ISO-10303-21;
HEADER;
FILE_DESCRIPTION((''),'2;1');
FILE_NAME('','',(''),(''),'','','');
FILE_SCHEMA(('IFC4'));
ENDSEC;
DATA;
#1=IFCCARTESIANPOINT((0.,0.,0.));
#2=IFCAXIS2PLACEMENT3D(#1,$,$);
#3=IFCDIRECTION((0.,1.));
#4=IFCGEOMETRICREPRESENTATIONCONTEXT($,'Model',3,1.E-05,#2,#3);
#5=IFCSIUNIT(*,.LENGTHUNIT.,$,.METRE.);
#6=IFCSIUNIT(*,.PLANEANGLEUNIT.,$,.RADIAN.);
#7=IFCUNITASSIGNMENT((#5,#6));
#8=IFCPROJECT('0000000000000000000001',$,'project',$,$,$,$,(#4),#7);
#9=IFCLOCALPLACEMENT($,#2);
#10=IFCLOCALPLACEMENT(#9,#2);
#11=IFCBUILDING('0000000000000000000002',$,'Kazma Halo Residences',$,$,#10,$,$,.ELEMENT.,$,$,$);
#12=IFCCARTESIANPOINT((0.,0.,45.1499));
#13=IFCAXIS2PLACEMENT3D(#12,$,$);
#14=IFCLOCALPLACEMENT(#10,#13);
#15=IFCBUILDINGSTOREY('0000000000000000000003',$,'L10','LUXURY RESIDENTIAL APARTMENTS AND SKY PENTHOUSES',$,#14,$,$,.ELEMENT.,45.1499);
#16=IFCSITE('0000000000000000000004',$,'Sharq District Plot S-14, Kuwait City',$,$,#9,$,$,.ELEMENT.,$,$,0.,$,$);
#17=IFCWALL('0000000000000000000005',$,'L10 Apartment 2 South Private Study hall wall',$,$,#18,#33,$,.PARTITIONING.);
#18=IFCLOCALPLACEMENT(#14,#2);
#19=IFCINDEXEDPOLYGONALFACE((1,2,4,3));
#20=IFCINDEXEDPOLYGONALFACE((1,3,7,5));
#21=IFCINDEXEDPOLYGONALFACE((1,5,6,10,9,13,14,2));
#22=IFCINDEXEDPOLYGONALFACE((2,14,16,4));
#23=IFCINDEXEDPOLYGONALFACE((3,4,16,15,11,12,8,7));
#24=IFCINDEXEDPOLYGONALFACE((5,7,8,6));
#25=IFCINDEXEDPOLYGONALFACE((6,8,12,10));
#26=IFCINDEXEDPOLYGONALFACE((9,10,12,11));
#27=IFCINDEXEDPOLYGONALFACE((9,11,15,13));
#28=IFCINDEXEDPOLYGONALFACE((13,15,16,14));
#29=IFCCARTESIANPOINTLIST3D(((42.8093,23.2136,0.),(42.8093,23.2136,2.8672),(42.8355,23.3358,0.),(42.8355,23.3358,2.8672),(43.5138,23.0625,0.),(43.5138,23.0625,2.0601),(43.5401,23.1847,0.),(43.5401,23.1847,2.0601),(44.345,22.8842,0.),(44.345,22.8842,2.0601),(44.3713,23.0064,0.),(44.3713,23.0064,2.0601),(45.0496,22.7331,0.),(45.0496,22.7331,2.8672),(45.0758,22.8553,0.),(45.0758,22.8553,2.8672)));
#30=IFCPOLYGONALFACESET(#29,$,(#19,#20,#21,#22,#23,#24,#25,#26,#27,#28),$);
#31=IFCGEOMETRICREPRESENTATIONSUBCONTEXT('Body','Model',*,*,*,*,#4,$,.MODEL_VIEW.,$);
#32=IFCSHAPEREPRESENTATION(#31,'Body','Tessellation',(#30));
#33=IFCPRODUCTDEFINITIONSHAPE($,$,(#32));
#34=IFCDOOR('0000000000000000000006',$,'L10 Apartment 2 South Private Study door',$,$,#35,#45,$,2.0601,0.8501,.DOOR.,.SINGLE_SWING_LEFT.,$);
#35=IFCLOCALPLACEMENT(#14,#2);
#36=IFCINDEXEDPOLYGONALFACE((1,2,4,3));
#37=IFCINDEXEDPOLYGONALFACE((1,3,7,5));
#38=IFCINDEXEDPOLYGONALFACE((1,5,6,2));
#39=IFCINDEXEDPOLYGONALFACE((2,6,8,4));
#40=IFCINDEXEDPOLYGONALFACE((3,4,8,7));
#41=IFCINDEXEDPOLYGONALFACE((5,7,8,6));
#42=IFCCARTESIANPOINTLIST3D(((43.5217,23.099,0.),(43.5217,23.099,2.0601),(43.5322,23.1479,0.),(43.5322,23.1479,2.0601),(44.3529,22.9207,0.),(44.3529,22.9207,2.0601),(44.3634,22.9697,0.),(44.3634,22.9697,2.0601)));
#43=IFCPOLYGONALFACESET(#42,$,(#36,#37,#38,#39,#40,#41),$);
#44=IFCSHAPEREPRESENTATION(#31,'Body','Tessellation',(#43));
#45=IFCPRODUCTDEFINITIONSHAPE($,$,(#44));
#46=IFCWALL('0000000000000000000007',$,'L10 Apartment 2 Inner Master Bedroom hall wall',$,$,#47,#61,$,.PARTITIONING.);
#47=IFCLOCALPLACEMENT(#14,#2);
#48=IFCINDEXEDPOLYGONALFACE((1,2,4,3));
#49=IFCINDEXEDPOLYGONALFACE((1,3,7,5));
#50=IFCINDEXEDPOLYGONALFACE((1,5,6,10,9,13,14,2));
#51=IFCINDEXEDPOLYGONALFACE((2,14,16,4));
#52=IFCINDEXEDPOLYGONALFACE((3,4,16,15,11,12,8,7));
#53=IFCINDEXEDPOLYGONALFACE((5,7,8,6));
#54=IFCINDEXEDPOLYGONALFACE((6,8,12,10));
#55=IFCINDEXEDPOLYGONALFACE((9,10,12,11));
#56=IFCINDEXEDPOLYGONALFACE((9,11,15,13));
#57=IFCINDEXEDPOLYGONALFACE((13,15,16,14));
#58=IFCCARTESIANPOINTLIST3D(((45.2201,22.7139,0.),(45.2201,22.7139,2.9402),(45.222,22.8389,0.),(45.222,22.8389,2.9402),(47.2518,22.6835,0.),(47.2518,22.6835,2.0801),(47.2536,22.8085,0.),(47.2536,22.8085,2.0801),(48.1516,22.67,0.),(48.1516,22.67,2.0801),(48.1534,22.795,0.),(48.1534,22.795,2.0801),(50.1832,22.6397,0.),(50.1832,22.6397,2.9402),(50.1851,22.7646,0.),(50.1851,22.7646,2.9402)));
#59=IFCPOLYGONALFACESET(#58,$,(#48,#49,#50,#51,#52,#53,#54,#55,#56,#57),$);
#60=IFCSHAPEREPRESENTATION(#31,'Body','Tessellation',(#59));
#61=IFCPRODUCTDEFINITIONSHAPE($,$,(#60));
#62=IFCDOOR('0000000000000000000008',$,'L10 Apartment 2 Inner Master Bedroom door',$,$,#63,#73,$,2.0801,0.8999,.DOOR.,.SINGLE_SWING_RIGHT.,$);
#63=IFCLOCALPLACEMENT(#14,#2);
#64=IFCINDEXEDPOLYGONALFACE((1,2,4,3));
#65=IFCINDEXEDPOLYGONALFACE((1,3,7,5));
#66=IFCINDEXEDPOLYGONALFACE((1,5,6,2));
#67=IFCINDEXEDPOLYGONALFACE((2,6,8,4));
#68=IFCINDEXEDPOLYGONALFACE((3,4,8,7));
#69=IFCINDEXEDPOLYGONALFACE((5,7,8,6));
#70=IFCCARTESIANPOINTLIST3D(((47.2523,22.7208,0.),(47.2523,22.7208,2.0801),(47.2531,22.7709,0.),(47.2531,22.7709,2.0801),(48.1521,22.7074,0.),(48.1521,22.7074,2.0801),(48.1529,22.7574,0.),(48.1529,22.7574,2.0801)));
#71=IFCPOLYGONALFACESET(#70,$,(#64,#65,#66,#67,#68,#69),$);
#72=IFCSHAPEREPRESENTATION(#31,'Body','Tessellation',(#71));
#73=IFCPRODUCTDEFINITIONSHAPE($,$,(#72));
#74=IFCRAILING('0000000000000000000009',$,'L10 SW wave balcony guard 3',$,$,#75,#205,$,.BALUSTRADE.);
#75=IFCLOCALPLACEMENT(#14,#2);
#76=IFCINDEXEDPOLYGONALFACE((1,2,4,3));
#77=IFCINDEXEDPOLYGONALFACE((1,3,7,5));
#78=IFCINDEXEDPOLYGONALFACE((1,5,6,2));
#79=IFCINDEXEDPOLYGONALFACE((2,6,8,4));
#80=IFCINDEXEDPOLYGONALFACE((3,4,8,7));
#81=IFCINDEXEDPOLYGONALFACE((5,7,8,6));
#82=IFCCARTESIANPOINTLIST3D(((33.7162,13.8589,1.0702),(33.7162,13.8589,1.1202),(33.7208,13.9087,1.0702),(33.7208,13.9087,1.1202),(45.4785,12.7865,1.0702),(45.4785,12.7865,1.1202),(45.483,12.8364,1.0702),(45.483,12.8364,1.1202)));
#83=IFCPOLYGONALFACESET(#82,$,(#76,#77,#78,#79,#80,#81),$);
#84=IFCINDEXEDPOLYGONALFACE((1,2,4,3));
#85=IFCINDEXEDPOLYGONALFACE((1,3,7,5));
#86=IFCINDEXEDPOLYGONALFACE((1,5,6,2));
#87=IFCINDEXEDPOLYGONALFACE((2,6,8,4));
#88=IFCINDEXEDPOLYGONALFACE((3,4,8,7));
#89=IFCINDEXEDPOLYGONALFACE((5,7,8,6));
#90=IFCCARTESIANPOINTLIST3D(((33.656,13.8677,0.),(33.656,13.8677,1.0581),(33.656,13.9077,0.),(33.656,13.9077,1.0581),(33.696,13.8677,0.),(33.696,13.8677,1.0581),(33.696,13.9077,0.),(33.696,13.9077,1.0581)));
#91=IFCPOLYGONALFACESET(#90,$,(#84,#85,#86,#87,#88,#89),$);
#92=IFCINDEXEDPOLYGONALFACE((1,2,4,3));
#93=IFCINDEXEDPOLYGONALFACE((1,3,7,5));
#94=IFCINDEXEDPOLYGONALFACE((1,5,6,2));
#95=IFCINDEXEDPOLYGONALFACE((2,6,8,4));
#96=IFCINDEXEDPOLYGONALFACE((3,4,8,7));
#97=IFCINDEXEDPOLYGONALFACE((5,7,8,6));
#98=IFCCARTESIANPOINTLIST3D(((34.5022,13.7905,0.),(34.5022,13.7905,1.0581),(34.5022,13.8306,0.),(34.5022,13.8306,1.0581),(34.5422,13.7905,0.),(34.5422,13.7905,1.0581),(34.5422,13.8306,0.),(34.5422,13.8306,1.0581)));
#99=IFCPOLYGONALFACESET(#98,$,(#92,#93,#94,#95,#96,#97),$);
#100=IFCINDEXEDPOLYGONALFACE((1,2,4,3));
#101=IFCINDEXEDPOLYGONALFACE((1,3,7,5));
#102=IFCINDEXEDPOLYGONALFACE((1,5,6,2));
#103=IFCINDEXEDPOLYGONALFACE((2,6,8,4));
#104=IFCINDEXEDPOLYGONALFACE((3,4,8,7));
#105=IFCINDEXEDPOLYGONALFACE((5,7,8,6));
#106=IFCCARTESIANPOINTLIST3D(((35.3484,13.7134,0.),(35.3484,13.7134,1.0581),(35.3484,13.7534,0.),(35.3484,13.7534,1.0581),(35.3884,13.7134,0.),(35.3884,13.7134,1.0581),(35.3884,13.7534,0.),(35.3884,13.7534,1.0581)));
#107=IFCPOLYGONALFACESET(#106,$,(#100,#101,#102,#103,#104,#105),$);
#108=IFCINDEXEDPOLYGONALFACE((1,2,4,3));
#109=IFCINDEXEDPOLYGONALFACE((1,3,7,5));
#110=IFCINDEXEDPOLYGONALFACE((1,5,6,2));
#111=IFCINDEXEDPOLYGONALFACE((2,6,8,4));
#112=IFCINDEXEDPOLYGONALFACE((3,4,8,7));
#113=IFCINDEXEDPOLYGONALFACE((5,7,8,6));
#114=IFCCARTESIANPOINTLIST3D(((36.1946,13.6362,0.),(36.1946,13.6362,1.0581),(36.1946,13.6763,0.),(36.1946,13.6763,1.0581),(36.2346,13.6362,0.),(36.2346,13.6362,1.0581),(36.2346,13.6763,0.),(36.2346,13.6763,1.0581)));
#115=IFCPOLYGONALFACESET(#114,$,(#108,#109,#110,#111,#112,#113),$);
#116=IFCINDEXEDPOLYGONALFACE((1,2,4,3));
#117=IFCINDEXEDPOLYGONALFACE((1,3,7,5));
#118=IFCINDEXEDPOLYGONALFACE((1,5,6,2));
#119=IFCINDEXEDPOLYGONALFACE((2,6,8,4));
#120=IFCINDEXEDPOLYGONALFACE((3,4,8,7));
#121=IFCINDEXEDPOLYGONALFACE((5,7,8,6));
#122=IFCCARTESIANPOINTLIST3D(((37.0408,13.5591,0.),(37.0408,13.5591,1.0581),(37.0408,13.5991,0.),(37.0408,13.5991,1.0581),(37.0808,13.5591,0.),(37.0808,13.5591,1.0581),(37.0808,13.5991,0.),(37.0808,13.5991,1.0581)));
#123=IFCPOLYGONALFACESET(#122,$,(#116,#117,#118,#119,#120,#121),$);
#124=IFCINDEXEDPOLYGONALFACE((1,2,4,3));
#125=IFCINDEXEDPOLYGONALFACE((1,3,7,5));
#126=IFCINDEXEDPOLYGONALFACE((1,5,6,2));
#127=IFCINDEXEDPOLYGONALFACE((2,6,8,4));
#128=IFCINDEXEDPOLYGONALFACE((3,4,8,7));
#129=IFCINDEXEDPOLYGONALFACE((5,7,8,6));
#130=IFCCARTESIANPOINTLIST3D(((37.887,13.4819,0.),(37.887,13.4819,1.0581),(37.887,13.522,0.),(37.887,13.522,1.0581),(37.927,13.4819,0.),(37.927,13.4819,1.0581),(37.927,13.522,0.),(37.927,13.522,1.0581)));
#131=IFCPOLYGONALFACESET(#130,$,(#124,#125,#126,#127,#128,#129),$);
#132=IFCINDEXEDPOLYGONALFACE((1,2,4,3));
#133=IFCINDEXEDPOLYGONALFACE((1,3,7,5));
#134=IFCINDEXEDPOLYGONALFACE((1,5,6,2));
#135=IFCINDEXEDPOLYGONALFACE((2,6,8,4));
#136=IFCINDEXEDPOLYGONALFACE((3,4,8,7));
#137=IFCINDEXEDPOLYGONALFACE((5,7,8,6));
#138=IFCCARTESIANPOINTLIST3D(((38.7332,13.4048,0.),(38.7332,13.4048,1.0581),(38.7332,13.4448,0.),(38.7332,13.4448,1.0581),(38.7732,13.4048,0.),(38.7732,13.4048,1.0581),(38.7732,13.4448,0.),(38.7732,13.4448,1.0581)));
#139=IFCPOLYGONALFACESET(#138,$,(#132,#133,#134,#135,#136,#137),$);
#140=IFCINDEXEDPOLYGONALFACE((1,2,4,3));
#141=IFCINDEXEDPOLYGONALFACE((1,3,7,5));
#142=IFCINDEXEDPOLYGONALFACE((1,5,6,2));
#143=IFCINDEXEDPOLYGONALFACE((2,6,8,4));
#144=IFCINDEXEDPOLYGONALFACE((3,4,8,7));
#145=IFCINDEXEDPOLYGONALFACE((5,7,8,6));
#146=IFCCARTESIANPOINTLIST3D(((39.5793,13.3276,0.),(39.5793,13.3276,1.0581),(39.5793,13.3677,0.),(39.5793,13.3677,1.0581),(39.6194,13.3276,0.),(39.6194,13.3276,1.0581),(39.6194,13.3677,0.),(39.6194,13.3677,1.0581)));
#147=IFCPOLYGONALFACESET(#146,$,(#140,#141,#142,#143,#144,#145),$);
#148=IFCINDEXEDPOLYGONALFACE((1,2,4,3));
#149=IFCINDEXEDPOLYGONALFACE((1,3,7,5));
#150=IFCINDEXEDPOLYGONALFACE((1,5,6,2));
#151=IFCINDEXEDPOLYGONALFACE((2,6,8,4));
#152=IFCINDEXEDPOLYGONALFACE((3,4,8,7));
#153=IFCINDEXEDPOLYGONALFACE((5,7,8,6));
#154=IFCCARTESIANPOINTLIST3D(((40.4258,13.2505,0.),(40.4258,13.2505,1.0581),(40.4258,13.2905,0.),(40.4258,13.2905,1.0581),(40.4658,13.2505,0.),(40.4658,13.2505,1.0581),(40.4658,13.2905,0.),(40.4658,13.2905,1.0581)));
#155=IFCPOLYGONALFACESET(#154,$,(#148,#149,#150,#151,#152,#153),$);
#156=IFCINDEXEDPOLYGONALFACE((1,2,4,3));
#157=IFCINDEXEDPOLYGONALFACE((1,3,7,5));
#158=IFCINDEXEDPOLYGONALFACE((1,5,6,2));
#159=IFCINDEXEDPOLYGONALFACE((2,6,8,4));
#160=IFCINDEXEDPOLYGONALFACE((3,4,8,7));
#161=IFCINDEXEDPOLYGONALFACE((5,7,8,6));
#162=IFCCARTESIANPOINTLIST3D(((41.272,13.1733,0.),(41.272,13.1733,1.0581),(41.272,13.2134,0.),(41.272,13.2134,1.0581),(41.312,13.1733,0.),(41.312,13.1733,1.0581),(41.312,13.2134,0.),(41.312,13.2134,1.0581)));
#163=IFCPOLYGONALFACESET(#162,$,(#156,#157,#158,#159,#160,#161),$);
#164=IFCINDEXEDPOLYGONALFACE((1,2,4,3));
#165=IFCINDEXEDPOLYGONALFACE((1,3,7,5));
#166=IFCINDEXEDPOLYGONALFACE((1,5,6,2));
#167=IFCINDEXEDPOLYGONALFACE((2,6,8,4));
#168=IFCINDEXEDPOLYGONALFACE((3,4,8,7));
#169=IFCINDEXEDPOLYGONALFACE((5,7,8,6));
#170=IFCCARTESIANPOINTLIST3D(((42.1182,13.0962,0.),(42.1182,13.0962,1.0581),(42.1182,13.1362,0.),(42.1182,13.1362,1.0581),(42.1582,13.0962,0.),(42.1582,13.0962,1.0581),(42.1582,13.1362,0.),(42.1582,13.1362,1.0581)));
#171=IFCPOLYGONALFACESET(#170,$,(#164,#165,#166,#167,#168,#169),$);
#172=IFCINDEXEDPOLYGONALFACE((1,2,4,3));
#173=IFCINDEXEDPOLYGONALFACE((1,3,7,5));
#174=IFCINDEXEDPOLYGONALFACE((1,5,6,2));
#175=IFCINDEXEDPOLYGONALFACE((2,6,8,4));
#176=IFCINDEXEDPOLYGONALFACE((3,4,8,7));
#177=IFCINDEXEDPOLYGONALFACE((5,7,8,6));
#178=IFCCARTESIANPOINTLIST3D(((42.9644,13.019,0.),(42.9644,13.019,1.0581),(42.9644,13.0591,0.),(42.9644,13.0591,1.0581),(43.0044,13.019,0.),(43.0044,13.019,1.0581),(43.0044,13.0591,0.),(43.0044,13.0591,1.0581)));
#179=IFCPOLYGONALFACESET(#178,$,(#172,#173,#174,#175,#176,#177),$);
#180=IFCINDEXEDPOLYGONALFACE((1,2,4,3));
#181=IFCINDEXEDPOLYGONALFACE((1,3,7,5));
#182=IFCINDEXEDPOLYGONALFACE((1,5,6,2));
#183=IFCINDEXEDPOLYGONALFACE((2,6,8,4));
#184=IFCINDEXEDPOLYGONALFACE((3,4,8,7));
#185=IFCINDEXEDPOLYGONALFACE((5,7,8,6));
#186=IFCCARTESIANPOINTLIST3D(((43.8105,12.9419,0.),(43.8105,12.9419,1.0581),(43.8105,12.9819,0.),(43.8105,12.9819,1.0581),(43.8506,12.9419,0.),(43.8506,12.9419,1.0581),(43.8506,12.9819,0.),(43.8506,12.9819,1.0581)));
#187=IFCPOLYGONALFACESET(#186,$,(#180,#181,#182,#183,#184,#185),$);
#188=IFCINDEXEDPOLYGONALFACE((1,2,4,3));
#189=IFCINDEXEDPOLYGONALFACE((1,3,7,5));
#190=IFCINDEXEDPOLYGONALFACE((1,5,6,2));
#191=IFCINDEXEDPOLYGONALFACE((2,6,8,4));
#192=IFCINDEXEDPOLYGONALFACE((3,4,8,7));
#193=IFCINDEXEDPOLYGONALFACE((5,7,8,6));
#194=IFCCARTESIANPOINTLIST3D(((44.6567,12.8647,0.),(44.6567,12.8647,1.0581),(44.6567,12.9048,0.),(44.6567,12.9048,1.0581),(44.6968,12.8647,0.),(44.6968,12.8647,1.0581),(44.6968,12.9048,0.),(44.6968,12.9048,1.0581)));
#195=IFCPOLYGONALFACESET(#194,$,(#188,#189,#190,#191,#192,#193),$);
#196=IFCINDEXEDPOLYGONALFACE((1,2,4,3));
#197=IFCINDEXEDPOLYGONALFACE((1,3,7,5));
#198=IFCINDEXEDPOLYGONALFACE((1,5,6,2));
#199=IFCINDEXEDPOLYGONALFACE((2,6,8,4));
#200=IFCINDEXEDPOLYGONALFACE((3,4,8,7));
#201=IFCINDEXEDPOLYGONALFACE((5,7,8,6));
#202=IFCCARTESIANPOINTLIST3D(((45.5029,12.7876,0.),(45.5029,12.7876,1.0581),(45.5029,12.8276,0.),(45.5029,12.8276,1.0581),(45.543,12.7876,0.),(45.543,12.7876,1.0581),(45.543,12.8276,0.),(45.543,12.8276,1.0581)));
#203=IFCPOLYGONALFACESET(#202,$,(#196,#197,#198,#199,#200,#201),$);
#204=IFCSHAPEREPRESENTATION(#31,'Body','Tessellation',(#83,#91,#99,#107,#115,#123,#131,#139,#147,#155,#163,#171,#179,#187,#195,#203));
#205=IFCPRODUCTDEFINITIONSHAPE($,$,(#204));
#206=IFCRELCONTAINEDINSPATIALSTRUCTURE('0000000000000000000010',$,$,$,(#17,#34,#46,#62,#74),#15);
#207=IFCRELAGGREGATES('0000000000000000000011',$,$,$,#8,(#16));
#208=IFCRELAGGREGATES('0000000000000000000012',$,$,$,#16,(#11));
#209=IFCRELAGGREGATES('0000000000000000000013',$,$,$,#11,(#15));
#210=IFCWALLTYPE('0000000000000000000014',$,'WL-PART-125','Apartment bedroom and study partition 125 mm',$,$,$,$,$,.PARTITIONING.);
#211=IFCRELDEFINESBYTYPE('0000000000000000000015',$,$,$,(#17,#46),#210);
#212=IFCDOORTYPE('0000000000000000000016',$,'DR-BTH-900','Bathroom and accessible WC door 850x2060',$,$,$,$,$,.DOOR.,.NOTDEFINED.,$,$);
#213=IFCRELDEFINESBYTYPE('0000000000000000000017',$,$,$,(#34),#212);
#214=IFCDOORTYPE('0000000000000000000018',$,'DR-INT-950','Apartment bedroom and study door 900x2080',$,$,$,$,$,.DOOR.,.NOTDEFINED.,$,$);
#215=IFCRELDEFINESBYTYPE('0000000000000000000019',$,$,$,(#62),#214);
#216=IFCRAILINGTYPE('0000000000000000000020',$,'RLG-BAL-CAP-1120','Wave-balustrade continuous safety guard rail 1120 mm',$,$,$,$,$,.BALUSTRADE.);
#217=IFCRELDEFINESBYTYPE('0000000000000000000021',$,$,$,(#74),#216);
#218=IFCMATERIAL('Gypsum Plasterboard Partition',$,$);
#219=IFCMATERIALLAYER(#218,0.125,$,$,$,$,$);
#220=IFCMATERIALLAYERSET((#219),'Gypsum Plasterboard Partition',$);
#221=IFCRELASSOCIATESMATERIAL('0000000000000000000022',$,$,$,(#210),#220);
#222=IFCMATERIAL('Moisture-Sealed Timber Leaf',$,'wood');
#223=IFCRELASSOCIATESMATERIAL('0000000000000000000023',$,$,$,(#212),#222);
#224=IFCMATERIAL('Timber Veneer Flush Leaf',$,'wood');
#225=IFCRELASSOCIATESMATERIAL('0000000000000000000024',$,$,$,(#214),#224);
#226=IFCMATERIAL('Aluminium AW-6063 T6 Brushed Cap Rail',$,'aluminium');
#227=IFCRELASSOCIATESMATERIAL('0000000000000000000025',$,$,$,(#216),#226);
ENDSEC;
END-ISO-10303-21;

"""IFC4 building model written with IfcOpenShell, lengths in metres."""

from ifc_helpers import new_model, si_unit, direction, frame, frame_2d, origin, origin_2d, place, context, subcontext, project, spatial, rectangle, extrude, material, layer, layer_set, type_object, element, fill, save


model = new_model("IFC4")

# Units and contexts
model_context = context("Model", 3, precision=1e-05, world=origin(), true_north=direction((0.0, 1.0)))
body_context = subcontext(model_context, "Body", "Model", "MODEL_VIEW")
ifc_project = project(units=[si_unit("LENGTHUNIT", "METRE"), si_unit("PLANEANGLEUNIT", "RADIAN")], contexts=[model_context])

# Site, building, storey
site_placement = place(None, origin())
site = spatial("IfcSite", under=ifc_project, at=site_placement, Name="Sharq District Plot S-14, Kuwait City", CompositionType="ELEMENT", RefElevation=0.0)
building_placement = place(site_placement, origin())
building = spatial("IfcBuilding", under=site, at=building_placement, Name="Kazma Halo Residences", CompositionType="ELEMENT")
storey_placement = place(building_placement, frame((0.0, 0.0, 45.1499)))
storey = spatial("IfcBuildingStorey", under=building, at=storey_placement, Name="L10", Description="LUXURY RESIDENTIAL APARTMENTS AND SKY PENTHOUSES", CompositionType="ELEMENT", Elevation=45.1499)

# Shared definitions
ifc_material_1 = material(Name="Gypsum Plasterboard Partition")
ifc_layer_1 = layer(ifc_material_1, 0.125)
ifc_layer_set_1 = layer_set([ifc_layer_1], Name="Gypsum Plasterboard Partition")
wall_type_1 = type_object("IfcWallType", Name="WL-PART-125", Description="Apartment bedroom and study partition 125 mm", PredefinedType="PARTITIONING", material=ifc_layer_set_1)

# Shared definitions
ifc_material_2 = material(Name="Moisture-Sealed Timber Leaf", Category="wood")
door_type_1 = type_object("IfcDoorType", Name="DR-BTH-900", Description="Bathroom and accessible WC door 850x2060", OperationType="NOTDEFINED", PredefinedType="DOOR", material=ifc_material_2)

# Walls, openings, doors
wall_1_placement = place(storey_placement, frame((42.8225, 23.2747, 0.0), z_axis=(0.0, 0.0, 1.0), x_axis=(0.977765, -0.209704, 0.0)))
wall_1 = element("IfcWall", 1, at=wall_1_placement, inside=storey, type_object=wall_type_1, Name="L10 Apartment 2 South Private Study hall wall", PredefinedType="PARTITIONING", context=body_context, shape_type="SweptSolid", body=[
    extrude(rectangle(XDim=2.2913, YDim=0.125, at=frame_2d((1.1455, 0.0))), origin(), (0.0, 0.0, 1.0), 2.8672),
])
opening_1_placement = place(wall_1_placement, frame((0.7205, 0.0, 0.0)))
opening_1 = element("IfcOpeningElement", 2, at=opening_1_placement, cuts=wall_1, PredefinedType="OPENING", context=body_context, shape_type="SweptSolid", body=[
    extrude(rectangle(XDim=0.8501, YDim=2.0601, at=frame_2d((0.425, 1.03))), frame((0.0, 0.0725, 0.0), z_axis=(0.0, -1.0, 0.0), x_axis=(1.0, 0.0, 0.0)), (0.0, 0.0, 1.0), 0.145),
])
door_1_placement = place(opening_1_placement, origin())
door_1 = element("IfcDoor", 3, at=door_1_placement, inside=storey, type_object=door_type_1, Name="L10 Apartment 2 South Private Study door", OperationType="SINGLE_SWING_LEFT", OverallHeight=2.0601, OverallWidth=0.8501, PredefinedType="DOOR", context=body_context, shape_type="SweptSolid", body=[
    extrude(rectangle(XDim=0.8501, YDim=2.0601, at=frame_2d((0.425, 1.03))), frame((0.0, 0.0249, 0.0), z_axis=(0.0, -1.0, 0.0), x_axis=(1.0, 0.0, 0.0)), (0.0, 0.0, 1.0), 0.05),
])
fill(opening_1, door_1)
wall_2_placement = place(storey_placement, frame((45.2209, 22.7764, 0.0), z_axis=(0.0, 0.0, 1.0), x_axis=(0.999888, -0.014952, 0.0)))
wall_2 = element("IfcWall", 4, at=wall_2_placement, inside=storey, type_object=wall_type_1, Name="L10 Apartment 2 Inner Master Bedroom hall wall", PredefinedType="PARTITIONING", context=body_context, shape_type="SweptSolid", body=[
    extrude(rectangle(XDim=4.9636, YDim=0.125, at=frame_2d((2.4819, 0.0))), origin(), (0.0, 0.0, 1.0), 2.9402),
])
opening_2_placement = place(wall_2_placement, frame((2.032, 0.0, 0.0)))
opening_2 = element("IfcOpeningElement", 5, at=opening_2_placement, cuts=wall_2, PredefinedType="OPENING", context=body_context, shape_type="SweptSolid", body=[
    extrude(rectangle(XDim=0.8999, YDim=2.0801, at=frame_2d((0.45, 1.04))), frame((0.0, 0.0725, 0.0), z_axis=(0.0, -1.0, 0.0), x_axis=(1.0, 0.0, 0.0)), (0.0, 0.0, 1.0), 0.145),
])
ifc_material_3 = material(Name="Timber Veneer Flush Leaf", Category="wood")
door_type_2 = type_object("IfcDoorType", Name="DR-INT-950", Description="Apartment bedroom and study door 900x2080", OperationType="NOTDEFINED", PredefinedType="DOOR", material=ifc_material_3)
door_2_placement = place(opening_2_placement, origin())
door_2 = element("IfcDoor", 6, at=door_2_placement, inside=storey, type_object=door_type_2, Name="L10 Apartment 2 Inner Master Bedroom door", OperationType="SINGLE_SWING_RIGHT", OverallHeight=2.0801, OverallWidth=0.8999, PredefinedType="DOOR", context=body_context, shape_type="SweptSolid", body=[
    extrude(rectangle(XDim=0.8999, YDim=2.0801, at=frame_2d((0.45, 1.04))), frame((0.0, 0.0249, 0.0), z_axis=(0.0, -1.0, 0.0), x_axis=(1.0, 0.0, 0.0)), (0.0, 0.0, 1.0), 0.05),
])
fill(opening_2, door_2)

# Railing
ifc_material_4 = material(Name="Aluminium AW-6063 T6 Brushed Cap Rail", Category="aluminium")
railing_type = type_object("IfcRailingType", Name="RLG-BAL-CAP-1120", Description="Wave-balustrade continuous safety guard rail 1120 mm", PredefinedType="BALUSTRADE", material=ifc_material_4)
railing_1_placement = place(storey_placement, frame((33.676, 13.8877, 0.0)))
element("IfcRailing", 7, at=railing_1_placement, inside=storey, type_object=railing_type, Name="L10 SW wave balcony guard 3", PredefinedType="BALUSTRADE", context=body_context, shape_type="SweptSolid", body=[
    extrude(rectangle(XDim=0.05, YDim=0.05, at=origin_2d()), frame((0.0425, -0.0039, 1.0952), z_axis=(0.99587, -0.090793, 0.0), x_axis=(0.090793, 0.99587, 0.0)), (0.0, 0.0, 1.0), 11.811),
    extrude(rectangle(XDim=0.04, YDim=0.04, at=origin_2d()), origin(), (0.0, 0.0, 1.0), 1.0581),
    extrude(rectangle(XDim=0.04, YDim=0.04, at=origin_2d()), frame((0.8462, -0.0771, 0.0)), (0.0, 0.0, 1.0), 1.0581),
    extrude(rectangle(XDim=0.04, YDim=0.04, at=origin_2d()), frame((1.6924, -0.1543, 0.0)), (0.0, 0.0, 1.0), 1.0581),
    extrude(rectangle(XDim=0.04, YDim=0.04, at=origin_2d()), frame((2.5386, -0.2314, 0.0)), (0.0, 0.0, 1.0), 1.0581),
    extrude(rectangle(XDim=0.04, YDim=0.04, at=origin_2d()), frame((3.3848, -0.3086, 0.0)), (0.0, 0.0, 1.0), 1.0581),
    extrude(rectangle(XDim=0.04, YDim=0.04, at=origin_2d()), frame((4.231, -0.3857, 0.0)), (0.0, 0.0, 1.0), 1.0581),
    extrude(rectangle(XDim=0.04, YDim=0.04, at=origin_2d()), frame((5.0771, -0.4629, 0.0)), (0.0, 0.0, 1.0), 1.0581),
    extrude(rectangle(XDim=0.04, YDim=0.04, at=origin_2d()), frame((5.9233, -0.54, 0.0)), (0.0, 0.0, 1.0), 1.0581),
    extrude(rectangle(XDim=0.04, YDim=0.04, at=origin_2d()), frame((6.7698, -0.6172, 0.0)), (0.0, 0.0, 1.0), 1.0581),
    extrude(rectangle(XDim=0.04, YDim=0.04, at=origin_2d()), frame((7.616, -0.6943, 0.0)), (0.0, 0.0, 1.0), 1.0581),
    extrude(rectangle(XDim=0.04, YDim=0.04, at=origin_2d()), frame((8.4622, -0.7715, 0.0)), (0.0, 0.0, 1.0), 1.0581),
    extrude(rectangle(XDim=0.04, YDim=0.04, at=origin_2d()), frame((9.3083, -0.8486, 0.0)), (0.0, 0.0, 1.0), 1.0581),
    extrude(rectangle(XDim=0.04, YDim=0.04, at=origin_2d()), frame((10.1545, -0.9258, 0.0)), (0.0, 0.0, 1.0), 1.0581),
    extrude(rectangle(XDim=0.04, YDim=0.04, at=origin_2d()), frame((11.0007, -1.0029, 0.0)), (0.0, 0.0, 1.0), 1.0581),
    extrude(rectangle(XDim=0.04, YDim=0.04, at=origin_2d()), frame((11.8469, -1.0801, 0.0)), (0.0, 0.0, 1.0), 1.0581),
])

save(model, "model.ifc")
